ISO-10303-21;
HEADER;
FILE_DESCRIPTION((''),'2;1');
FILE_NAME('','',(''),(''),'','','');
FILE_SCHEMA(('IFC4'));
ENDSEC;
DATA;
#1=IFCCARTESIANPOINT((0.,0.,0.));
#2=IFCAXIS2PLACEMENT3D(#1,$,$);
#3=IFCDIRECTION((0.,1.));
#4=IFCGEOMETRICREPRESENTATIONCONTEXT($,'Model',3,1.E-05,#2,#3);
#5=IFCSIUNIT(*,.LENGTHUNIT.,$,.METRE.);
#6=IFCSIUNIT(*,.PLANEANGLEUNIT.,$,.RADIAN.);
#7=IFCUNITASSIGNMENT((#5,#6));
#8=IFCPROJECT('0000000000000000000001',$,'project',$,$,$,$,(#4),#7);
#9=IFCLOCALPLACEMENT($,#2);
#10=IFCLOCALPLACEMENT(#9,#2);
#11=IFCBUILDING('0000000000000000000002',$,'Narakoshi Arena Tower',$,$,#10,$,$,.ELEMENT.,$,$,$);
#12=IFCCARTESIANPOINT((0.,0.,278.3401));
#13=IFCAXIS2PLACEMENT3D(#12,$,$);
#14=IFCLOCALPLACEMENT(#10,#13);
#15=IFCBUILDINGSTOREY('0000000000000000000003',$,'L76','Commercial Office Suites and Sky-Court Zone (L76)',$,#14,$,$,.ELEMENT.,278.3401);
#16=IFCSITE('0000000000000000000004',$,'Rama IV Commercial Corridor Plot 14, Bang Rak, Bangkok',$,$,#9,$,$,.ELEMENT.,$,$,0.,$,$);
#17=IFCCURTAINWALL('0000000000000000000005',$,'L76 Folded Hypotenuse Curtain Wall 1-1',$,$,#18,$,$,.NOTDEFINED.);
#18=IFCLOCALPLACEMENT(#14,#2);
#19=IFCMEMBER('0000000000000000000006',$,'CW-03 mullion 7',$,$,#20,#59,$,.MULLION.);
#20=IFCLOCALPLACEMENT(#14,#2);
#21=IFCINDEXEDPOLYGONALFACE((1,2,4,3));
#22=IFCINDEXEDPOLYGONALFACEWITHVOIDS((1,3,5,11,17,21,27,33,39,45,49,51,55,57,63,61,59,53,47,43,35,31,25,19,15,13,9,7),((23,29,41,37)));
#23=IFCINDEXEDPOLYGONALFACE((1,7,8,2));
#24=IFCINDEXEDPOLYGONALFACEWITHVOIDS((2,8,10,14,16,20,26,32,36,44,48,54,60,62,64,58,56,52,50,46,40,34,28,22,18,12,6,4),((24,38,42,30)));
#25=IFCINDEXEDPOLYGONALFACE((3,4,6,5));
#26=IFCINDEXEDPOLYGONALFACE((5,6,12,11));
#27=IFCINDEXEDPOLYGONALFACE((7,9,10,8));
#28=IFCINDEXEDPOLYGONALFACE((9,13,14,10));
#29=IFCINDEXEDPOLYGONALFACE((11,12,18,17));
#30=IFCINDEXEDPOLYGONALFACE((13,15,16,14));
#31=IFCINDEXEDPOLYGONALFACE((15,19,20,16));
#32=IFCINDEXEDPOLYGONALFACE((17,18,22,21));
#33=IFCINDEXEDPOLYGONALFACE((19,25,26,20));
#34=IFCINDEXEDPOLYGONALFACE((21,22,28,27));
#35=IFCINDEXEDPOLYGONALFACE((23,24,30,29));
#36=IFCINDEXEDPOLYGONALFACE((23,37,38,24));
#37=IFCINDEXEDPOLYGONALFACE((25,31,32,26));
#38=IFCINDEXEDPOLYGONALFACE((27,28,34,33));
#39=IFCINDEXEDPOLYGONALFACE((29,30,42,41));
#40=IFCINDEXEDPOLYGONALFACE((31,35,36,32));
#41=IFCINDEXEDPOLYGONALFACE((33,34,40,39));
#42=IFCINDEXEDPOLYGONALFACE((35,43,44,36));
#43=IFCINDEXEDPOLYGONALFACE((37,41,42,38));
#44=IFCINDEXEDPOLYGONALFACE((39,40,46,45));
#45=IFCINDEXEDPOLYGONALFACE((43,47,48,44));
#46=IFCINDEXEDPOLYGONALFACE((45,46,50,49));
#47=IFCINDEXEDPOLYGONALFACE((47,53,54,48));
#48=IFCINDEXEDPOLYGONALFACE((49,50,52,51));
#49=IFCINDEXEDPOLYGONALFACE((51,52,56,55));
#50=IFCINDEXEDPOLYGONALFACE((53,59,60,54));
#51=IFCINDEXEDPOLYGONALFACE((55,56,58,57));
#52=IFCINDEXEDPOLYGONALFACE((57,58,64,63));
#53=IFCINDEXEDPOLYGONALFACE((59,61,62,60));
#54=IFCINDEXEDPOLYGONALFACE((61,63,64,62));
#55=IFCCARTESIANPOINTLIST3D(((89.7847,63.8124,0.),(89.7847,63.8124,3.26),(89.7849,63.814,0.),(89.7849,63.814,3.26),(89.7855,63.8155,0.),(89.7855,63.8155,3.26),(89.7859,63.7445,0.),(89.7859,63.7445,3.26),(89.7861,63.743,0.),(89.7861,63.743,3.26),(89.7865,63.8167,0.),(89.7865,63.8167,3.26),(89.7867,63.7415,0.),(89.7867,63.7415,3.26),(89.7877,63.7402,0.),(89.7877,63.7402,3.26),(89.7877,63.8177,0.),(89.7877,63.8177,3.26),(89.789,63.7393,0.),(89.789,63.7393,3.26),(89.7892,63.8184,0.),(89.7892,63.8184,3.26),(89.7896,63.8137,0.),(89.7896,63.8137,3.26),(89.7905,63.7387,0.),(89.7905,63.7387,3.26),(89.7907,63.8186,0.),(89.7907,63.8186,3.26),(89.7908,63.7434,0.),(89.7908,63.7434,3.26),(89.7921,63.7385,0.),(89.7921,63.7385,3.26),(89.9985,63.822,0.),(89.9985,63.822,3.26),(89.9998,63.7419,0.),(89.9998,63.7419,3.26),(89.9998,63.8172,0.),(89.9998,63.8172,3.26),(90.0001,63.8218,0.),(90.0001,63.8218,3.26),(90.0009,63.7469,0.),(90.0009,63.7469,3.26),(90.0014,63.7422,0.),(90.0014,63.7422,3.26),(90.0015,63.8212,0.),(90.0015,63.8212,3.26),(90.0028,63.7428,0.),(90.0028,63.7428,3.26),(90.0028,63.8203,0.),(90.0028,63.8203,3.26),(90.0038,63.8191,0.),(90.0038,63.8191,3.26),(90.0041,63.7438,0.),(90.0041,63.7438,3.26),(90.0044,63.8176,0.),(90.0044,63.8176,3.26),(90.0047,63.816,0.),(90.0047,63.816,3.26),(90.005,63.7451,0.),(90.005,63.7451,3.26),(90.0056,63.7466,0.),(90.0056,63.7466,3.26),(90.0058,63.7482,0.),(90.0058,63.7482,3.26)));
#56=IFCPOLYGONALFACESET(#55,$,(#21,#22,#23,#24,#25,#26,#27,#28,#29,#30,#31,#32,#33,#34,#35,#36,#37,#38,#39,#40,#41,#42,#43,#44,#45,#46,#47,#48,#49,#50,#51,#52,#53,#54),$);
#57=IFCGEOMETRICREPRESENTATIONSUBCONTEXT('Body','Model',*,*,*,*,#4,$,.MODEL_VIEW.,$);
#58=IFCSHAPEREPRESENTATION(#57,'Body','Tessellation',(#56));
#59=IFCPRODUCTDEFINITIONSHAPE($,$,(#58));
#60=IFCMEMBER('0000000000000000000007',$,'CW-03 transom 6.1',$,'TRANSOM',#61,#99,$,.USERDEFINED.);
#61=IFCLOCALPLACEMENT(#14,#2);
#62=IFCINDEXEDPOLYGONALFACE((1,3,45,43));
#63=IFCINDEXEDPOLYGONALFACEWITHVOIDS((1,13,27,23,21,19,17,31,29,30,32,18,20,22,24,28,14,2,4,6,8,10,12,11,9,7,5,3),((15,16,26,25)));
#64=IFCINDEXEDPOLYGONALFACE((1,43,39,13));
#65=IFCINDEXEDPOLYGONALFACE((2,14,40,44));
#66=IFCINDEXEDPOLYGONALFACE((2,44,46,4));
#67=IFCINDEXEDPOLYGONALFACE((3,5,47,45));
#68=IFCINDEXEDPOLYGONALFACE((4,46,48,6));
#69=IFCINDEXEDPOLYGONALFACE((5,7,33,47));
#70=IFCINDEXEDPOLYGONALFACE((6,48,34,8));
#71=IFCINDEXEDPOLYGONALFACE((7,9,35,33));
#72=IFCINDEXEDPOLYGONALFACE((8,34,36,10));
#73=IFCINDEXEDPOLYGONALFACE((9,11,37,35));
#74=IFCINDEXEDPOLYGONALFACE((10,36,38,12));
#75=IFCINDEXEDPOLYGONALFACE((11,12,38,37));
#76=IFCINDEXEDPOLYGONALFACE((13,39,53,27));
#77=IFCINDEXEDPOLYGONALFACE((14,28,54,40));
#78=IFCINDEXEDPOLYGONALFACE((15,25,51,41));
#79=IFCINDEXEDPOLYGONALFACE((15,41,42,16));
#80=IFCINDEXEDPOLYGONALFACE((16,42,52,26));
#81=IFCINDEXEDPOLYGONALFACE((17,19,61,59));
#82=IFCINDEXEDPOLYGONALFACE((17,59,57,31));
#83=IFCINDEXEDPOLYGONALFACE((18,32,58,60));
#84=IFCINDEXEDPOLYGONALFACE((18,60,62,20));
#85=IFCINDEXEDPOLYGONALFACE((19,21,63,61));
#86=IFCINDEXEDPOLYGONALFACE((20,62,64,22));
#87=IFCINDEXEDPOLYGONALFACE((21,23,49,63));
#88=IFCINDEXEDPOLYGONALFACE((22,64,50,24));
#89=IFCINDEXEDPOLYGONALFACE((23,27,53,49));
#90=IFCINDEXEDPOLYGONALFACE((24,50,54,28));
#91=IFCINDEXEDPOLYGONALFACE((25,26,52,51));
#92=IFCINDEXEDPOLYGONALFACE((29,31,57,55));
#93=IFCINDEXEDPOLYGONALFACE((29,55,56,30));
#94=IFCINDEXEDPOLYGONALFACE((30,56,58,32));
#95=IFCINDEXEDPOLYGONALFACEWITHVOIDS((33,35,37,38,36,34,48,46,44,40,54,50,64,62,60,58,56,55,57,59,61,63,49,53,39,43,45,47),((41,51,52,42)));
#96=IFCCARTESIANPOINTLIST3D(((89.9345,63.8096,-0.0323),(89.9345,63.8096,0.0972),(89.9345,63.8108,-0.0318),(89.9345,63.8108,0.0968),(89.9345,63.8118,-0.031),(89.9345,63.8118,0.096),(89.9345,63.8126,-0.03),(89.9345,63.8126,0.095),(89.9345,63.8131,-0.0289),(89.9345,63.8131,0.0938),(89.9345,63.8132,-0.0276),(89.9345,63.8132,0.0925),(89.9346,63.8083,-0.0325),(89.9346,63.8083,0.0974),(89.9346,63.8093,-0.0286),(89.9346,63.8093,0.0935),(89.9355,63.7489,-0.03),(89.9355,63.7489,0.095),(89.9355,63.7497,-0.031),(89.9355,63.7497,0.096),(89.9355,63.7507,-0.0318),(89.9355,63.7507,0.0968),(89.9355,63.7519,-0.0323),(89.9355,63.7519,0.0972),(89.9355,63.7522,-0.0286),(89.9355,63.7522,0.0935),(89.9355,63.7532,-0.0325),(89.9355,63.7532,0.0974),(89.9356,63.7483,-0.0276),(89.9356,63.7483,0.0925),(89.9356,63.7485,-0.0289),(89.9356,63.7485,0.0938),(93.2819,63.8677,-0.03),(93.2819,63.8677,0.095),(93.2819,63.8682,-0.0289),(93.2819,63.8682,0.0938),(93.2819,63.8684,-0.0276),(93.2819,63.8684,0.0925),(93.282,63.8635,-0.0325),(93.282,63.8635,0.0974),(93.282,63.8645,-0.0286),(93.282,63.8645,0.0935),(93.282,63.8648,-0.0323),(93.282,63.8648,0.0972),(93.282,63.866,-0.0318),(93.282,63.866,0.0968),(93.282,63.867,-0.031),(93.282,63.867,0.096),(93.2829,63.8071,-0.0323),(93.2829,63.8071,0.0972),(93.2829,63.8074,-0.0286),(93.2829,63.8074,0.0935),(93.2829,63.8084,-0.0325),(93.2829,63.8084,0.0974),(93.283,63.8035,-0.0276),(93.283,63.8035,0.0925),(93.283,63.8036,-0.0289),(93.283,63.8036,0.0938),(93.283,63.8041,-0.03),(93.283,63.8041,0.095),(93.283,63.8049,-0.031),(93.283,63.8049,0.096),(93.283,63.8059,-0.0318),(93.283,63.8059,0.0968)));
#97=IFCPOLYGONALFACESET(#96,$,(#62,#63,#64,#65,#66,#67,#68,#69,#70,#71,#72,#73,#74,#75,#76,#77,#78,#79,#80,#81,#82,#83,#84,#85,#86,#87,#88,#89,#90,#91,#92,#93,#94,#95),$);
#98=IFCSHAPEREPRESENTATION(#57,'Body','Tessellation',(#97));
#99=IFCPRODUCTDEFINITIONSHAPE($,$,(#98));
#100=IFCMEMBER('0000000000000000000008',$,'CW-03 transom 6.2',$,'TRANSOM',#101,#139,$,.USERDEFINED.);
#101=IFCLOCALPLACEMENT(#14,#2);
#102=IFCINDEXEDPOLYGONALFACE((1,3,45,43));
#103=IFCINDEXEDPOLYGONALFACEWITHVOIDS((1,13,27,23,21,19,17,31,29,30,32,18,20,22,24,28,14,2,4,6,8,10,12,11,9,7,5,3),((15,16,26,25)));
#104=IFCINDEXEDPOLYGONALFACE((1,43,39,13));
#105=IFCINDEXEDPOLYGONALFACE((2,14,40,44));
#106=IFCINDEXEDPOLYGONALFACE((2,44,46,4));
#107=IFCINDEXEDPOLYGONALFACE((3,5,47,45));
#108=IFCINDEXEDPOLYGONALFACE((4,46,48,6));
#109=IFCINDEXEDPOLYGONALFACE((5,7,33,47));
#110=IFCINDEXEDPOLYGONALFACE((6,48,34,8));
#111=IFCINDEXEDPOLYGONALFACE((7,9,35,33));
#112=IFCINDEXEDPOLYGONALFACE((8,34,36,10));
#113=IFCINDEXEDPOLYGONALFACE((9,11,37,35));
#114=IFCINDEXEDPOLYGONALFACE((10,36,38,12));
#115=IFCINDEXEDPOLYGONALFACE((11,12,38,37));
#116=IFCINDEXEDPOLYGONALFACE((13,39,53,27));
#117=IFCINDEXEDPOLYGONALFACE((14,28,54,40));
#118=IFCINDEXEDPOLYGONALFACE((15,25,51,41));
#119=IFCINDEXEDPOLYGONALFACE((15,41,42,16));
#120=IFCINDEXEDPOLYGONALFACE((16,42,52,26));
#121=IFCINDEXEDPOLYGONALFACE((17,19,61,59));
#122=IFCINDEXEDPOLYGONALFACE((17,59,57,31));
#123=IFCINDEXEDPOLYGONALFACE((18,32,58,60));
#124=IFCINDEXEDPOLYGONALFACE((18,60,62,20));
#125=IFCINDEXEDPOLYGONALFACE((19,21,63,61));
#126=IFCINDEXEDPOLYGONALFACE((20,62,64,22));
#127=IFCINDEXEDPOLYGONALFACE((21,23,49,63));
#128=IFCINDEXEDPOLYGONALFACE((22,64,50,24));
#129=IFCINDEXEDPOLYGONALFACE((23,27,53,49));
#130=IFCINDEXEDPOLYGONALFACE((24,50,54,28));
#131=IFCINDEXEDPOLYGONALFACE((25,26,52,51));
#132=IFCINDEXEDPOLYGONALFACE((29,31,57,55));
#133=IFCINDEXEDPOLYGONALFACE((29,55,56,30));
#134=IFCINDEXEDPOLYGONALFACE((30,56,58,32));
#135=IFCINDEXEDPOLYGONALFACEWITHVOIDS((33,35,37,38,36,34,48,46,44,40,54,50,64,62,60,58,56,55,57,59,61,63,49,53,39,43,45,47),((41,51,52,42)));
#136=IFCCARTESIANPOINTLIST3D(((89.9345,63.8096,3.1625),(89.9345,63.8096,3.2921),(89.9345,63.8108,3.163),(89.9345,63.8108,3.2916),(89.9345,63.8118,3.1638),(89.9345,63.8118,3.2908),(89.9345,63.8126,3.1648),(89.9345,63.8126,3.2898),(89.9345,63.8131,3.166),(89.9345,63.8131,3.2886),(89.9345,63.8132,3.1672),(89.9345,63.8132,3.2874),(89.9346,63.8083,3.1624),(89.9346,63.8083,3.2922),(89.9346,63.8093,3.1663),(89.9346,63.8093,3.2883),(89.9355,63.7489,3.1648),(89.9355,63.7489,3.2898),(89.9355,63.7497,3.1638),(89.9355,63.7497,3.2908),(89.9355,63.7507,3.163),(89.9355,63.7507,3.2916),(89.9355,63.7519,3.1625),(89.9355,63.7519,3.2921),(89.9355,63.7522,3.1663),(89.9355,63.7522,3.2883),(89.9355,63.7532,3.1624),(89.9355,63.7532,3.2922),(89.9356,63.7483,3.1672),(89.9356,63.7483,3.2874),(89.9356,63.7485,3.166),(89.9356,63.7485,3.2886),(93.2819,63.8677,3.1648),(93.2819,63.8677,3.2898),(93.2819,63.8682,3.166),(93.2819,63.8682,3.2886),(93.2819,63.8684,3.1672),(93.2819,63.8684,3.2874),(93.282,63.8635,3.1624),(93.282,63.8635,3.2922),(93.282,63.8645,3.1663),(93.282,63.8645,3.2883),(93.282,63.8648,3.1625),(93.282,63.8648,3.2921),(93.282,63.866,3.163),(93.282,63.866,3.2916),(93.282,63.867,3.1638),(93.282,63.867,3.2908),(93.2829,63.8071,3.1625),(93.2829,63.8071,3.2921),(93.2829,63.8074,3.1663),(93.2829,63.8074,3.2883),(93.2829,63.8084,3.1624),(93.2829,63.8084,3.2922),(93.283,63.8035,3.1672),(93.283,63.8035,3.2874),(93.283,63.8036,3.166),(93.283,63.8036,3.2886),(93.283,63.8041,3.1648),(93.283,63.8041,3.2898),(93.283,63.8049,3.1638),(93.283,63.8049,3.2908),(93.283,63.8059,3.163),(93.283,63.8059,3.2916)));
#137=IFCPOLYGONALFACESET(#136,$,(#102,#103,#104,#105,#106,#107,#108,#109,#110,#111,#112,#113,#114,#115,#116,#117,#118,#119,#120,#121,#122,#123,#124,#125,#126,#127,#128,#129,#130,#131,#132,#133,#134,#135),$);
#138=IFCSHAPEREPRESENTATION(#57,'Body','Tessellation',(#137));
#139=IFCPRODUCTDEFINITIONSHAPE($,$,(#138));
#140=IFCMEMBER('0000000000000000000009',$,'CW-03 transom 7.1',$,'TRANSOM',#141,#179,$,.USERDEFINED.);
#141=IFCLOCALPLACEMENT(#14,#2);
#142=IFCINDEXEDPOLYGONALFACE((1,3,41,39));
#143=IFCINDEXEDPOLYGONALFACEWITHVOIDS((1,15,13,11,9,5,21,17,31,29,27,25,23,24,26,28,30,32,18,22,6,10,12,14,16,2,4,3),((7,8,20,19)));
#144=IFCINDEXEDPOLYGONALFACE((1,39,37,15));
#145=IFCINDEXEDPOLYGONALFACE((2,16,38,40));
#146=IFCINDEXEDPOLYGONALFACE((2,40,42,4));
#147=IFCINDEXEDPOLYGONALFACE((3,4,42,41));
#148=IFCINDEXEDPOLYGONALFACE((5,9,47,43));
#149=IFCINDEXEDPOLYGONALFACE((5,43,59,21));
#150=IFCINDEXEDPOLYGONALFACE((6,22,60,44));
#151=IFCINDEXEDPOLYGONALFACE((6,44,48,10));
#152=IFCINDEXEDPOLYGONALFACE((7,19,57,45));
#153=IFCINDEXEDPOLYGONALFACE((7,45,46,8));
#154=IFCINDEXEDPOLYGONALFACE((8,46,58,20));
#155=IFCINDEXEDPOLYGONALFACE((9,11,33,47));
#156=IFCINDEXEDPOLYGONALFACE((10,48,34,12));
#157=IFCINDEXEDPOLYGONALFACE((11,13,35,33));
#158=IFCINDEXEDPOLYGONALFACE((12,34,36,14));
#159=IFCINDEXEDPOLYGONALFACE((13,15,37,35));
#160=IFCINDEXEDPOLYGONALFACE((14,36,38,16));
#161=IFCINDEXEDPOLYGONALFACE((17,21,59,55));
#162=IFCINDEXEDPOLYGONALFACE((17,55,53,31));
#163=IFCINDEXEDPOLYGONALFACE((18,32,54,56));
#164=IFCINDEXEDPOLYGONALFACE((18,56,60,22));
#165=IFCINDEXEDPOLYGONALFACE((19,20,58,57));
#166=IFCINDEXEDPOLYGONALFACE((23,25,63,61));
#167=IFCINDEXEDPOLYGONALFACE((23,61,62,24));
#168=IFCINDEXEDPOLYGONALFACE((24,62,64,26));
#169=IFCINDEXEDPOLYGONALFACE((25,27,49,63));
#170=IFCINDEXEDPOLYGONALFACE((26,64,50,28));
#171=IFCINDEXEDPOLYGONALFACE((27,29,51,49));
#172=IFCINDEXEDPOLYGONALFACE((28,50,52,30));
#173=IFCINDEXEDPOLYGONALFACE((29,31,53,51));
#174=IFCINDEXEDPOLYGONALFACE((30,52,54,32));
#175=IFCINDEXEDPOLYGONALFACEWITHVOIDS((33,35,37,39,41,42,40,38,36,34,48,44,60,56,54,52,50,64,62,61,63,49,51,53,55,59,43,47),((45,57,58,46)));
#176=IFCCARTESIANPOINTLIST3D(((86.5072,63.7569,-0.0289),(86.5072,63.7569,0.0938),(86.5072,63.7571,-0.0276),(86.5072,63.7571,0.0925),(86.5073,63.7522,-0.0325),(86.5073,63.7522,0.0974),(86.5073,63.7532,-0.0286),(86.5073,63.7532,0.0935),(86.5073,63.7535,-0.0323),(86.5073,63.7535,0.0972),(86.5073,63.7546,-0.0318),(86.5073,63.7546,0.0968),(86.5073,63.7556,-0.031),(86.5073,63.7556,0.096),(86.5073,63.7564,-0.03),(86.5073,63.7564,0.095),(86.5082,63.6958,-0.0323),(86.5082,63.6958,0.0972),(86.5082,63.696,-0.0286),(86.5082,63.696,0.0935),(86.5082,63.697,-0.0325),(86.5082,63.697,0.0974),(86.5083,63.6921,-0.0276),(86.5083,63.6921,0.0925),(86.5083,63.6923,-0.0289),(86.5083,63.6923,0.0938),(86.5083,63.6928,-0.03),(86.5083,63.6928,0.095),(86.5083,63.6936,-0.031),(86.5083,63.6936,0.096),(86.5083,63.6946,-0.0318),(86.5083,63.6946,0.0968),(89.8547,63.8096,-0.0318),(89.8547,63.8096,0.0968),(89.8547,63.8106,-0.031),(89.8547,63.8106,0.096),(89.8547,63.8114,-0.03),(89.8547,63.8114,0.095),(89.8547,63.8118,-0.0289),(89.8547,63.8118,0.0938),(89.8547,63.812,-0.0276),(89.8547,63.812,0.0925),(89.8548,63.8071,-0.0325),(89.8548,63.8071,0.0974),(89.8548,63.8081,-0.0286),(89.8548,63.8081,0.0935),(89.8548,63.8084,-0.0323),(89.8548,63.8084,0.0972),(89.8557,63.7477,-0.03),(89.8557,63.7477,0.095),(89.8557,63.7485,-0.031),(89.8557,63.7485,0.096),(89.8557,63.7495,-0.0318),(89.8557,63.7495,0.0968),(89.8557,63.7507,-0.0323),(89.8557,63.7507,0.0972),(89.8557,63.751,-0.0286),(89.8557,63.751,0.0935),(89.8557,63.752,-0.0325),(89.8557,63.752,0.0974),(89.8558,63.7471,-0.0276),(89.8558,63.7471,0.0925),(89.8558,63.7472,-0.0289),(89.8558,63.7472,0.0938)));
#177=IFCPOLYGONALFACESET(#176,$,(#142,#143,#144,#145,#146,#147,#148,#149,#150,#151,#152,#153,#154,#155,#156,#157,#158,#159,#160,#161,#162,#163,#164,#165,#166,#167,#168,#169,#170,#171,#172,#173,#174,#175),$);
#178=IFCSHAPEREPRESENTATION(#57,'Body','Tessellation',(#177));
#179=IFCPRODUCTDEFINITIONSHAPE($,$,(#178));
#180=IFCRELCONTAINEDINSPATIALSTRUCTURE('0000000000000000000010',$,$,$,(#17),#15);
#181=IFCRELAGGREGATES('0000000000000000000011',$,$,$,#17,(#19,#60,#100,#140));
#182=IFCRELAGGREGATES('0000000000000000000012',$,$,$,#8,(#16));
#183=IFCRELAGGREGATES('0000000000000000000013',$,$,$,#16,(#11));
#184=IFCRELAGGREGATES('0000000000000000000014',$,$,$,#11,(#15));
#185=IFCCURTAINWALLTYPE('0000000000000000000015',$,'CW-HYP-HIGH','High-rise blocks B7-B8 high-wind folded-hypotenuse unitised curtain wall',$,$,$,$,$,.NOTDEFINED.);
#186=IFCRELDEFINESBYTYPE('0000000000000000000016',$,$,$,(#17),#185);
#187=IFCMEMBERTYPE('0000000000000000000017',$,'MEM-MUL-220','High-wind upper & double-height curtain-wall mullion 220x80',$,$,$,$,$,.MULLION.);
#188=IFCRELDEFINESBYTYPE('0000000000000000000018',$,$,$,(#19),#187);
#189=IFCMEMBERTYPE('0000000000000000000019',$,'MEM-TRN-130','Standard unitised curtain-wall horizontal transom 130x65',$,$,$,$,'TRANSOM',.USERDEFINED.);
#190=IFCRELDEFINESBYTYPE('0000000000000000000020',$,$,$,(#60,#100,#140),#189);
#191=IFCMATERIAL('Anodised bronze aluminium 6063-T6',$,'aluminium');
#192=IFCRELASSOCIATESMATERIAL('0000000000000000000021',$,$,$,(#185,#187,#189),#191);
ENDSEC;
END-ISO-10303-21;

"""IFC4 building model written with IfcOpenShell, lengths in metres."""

from ifc_helpers import new_model, si_unit, direction, frame, origin, origin_2d, place, context, subcontext, project, spatial, hollow_rectangle, extrude, material, material_profile, profile_set, type_object, element, aggregate, save


model = new_model("IFC4")

# Units and contexts
model_context = context("Model", 3, precision=1e-05, world=origin(), true_north=direction((0.0, 1.0)))
body_context = subcontext(model_context, "Body", "Model", "MODEL_VIEW")
ifc_project = project(units=[si_unit("LENGTHUNIT", "METRE"), si_unit("PLANEANGLEUNIT", "RADIAN")], contexts=[model_context])

# Site, building, storey
site_placement = place(None, origin())
site = spatial("IfcSite", under=ifc_project, at=site_placement, Name="Rama IV Commercial Corridor Plot 14, Bang Rak, Bangkok", CompositionType="ELEMENT", RefElevation=0.0)
building_placement = place(site_placement, origin())
building = spatial("IfcBuilding", under=site, at=building_placement, Name="Narakoshi Arena Tower", CompositionType="ELEMENT")
storey_placement = place(building_placement, frame((0.0, 0.0, 278.3401)))
storey = spatial("IfcBuildingStorey", under=building, at=storey_placement, Name="L76", Description="Commercial Office Suites and Sky-Court Zone (L76)", CompositionType="ELEMENT", Elevation=278.3401)

# Curtain wall, members
ifc_material_1 = material(Name="Anodised bronze aluminium 6063-T6", Category="aluminium")
curtain_wall_type = type_object("IfcCurtainWallType", Name="CW-HYP-HIGH", Description="High-rise blocks B7-B8 high-wind folded-hypotenuse unitised curtain wall", PredefinedType="NOTDEFINED", material=ifc_material_1)
curtain_wall_placement = place(storey_placement, origin())
curtain_wall = element("IfcCurtainWall", 1, at=curtain_wall_placement, inside=storey, type_object=curtain_wall_type, Name="L76 Folded Hypotenuse Curtain Wall 1-1", PredefinedType="NOTDEFINED")
ifc_material_profile_1 = material_profile(ifc_material_1, hollow_rectangle(XDim=0.0801, YDim=0.22, WallThickness=0.0049, OuterFilletRadius=0.0061, at=origin_2d()), Name="MUL220x80x5")
ifc_profile_set_1 = profile_set([ifc_material_profile_1], Name="Anodised bronze aluminium 6063-T6")
member_type_1 = type_object("IfcMemberType", Name="MEM-MUL-220", Description="High-wind upper & double-height curtain-wall mullion 220x80", PredefinedType="MULLION", material=ifc_profile_set_1)
member_1_placement = place(storey_placement, frame((89.8953, 63.7803, 0.0), z_axis=(0.0, 0.0, 1.0), x_axis=(0.016443, -0.999865, 0.0)))
member_1 = element("IfcMember", 2, at=member_1_placement, type_object=member_type_1, Name="CW-03 mullion 7", PredefinedType="MULLION", context=body_context, shape_type="SweptSolid", body=[
    extrude(hollow_rectangle(XDim=0.0801, YDim=0.22, WallThickness=0.0049, OuterFilletRadius=0.0061, at=origin_2d()), origin(), (0.0, 0.0, 1.0), 3.26),
])
ifc_material_profile_2 = material_profile(ifc_material_1, hollow_rectangle(XDim=0.0649, YDim=0.1299, WallThickness=0.0039, OuterFilletRadius=0.0049, at=origin_2d()), Name="TRN130x65x4")
ifc_profile_set_2 = profile_set([ifc_material_profile_2], Name="Anodised bronze aluminium 6063-T6")
member_type_2 = type_object("IfcMemberType", Name="MEM-TRN-130", Description="Standard unitised curtain-wall horizontal transom 130x65", ElementType="TRANSOM", PredefinedType="USERDEFINED", material=ifc_profile_set_2)
member_2_placement = place(storey_placement, frame((93.2825, 63.8359, 0.0325), z_axis=(-0.999864, -0.016481, 0.0), x_axis=(0.016481, -0.999864, 0.0)))
member_2 = element("IfcMember", 3, at=member_2_placement, type_object=member_type_2, Name="CW-03 transom 6.1", ObjectType="TRANSOM", PredefinedType="USERDEFINED", context=body_context, shape_type="SweptSolid", body=[
    extrude(hollow_rectangle(XDim=0.0649, YDim=0.1299, WallThickness=0.0039, OuterFilletRadius=0.0049, at=origin_2d()), origin(), (0.0, 0.0, 1.0), 3.3479),
])
member_3_placement = place(storey_placement, frame((93.2825, 63.8359, 3.2273), z_axis=(-0.999864, -0.016481, 0.0), x_axis=(0.016481, -0.999864, 0.0)))
member_3 = element("IfcMember", 4, at=member_3_placement, type_object=member_type_2, Name="CW-03 transom 6.2", ObjectType="TRANSOM", PredefinedType="USERDEFINED", context=body_context, shape_type="SweptSolid", body=[
    extrude(hollow_rectangle(XDim=0.0649, YDim=0.1299, WallThickness=0.0039, OuterFilletRadius=0.0049, at=origin_2d()), origin(), (0.0, 0.0, 1.0), 3.3479),
])
member_4_placement = place(storey_placement, frame((89.8552, 63.7795, 0.0325), z_axis=(-0.999865, -0.016408, 0.0), x_axis=(0.016408, -0.999865, 0.0)))
member_4 = element("IfcMember", 5, at=member_4_placement, type_object=member_type_2, Name="CW-03 transom 7.1", ObjectType="TRANSOM", PredefinedType="USERDEFINED", context=body_context, shape_type="SweptSolid", body=[
    extrude(hollow_rectangle(XDim=0.0649, YDim=0.1299, WallThickness=0.0039, OuterFilletRadius=0.0049, at=origin_2d()), origin(), (0.0, 0.0, 1.0), 3.3479),
])
aggregate(curtain_wall, [member_1, member_2, member_3, member_4])

save(model, "model.ifc")
